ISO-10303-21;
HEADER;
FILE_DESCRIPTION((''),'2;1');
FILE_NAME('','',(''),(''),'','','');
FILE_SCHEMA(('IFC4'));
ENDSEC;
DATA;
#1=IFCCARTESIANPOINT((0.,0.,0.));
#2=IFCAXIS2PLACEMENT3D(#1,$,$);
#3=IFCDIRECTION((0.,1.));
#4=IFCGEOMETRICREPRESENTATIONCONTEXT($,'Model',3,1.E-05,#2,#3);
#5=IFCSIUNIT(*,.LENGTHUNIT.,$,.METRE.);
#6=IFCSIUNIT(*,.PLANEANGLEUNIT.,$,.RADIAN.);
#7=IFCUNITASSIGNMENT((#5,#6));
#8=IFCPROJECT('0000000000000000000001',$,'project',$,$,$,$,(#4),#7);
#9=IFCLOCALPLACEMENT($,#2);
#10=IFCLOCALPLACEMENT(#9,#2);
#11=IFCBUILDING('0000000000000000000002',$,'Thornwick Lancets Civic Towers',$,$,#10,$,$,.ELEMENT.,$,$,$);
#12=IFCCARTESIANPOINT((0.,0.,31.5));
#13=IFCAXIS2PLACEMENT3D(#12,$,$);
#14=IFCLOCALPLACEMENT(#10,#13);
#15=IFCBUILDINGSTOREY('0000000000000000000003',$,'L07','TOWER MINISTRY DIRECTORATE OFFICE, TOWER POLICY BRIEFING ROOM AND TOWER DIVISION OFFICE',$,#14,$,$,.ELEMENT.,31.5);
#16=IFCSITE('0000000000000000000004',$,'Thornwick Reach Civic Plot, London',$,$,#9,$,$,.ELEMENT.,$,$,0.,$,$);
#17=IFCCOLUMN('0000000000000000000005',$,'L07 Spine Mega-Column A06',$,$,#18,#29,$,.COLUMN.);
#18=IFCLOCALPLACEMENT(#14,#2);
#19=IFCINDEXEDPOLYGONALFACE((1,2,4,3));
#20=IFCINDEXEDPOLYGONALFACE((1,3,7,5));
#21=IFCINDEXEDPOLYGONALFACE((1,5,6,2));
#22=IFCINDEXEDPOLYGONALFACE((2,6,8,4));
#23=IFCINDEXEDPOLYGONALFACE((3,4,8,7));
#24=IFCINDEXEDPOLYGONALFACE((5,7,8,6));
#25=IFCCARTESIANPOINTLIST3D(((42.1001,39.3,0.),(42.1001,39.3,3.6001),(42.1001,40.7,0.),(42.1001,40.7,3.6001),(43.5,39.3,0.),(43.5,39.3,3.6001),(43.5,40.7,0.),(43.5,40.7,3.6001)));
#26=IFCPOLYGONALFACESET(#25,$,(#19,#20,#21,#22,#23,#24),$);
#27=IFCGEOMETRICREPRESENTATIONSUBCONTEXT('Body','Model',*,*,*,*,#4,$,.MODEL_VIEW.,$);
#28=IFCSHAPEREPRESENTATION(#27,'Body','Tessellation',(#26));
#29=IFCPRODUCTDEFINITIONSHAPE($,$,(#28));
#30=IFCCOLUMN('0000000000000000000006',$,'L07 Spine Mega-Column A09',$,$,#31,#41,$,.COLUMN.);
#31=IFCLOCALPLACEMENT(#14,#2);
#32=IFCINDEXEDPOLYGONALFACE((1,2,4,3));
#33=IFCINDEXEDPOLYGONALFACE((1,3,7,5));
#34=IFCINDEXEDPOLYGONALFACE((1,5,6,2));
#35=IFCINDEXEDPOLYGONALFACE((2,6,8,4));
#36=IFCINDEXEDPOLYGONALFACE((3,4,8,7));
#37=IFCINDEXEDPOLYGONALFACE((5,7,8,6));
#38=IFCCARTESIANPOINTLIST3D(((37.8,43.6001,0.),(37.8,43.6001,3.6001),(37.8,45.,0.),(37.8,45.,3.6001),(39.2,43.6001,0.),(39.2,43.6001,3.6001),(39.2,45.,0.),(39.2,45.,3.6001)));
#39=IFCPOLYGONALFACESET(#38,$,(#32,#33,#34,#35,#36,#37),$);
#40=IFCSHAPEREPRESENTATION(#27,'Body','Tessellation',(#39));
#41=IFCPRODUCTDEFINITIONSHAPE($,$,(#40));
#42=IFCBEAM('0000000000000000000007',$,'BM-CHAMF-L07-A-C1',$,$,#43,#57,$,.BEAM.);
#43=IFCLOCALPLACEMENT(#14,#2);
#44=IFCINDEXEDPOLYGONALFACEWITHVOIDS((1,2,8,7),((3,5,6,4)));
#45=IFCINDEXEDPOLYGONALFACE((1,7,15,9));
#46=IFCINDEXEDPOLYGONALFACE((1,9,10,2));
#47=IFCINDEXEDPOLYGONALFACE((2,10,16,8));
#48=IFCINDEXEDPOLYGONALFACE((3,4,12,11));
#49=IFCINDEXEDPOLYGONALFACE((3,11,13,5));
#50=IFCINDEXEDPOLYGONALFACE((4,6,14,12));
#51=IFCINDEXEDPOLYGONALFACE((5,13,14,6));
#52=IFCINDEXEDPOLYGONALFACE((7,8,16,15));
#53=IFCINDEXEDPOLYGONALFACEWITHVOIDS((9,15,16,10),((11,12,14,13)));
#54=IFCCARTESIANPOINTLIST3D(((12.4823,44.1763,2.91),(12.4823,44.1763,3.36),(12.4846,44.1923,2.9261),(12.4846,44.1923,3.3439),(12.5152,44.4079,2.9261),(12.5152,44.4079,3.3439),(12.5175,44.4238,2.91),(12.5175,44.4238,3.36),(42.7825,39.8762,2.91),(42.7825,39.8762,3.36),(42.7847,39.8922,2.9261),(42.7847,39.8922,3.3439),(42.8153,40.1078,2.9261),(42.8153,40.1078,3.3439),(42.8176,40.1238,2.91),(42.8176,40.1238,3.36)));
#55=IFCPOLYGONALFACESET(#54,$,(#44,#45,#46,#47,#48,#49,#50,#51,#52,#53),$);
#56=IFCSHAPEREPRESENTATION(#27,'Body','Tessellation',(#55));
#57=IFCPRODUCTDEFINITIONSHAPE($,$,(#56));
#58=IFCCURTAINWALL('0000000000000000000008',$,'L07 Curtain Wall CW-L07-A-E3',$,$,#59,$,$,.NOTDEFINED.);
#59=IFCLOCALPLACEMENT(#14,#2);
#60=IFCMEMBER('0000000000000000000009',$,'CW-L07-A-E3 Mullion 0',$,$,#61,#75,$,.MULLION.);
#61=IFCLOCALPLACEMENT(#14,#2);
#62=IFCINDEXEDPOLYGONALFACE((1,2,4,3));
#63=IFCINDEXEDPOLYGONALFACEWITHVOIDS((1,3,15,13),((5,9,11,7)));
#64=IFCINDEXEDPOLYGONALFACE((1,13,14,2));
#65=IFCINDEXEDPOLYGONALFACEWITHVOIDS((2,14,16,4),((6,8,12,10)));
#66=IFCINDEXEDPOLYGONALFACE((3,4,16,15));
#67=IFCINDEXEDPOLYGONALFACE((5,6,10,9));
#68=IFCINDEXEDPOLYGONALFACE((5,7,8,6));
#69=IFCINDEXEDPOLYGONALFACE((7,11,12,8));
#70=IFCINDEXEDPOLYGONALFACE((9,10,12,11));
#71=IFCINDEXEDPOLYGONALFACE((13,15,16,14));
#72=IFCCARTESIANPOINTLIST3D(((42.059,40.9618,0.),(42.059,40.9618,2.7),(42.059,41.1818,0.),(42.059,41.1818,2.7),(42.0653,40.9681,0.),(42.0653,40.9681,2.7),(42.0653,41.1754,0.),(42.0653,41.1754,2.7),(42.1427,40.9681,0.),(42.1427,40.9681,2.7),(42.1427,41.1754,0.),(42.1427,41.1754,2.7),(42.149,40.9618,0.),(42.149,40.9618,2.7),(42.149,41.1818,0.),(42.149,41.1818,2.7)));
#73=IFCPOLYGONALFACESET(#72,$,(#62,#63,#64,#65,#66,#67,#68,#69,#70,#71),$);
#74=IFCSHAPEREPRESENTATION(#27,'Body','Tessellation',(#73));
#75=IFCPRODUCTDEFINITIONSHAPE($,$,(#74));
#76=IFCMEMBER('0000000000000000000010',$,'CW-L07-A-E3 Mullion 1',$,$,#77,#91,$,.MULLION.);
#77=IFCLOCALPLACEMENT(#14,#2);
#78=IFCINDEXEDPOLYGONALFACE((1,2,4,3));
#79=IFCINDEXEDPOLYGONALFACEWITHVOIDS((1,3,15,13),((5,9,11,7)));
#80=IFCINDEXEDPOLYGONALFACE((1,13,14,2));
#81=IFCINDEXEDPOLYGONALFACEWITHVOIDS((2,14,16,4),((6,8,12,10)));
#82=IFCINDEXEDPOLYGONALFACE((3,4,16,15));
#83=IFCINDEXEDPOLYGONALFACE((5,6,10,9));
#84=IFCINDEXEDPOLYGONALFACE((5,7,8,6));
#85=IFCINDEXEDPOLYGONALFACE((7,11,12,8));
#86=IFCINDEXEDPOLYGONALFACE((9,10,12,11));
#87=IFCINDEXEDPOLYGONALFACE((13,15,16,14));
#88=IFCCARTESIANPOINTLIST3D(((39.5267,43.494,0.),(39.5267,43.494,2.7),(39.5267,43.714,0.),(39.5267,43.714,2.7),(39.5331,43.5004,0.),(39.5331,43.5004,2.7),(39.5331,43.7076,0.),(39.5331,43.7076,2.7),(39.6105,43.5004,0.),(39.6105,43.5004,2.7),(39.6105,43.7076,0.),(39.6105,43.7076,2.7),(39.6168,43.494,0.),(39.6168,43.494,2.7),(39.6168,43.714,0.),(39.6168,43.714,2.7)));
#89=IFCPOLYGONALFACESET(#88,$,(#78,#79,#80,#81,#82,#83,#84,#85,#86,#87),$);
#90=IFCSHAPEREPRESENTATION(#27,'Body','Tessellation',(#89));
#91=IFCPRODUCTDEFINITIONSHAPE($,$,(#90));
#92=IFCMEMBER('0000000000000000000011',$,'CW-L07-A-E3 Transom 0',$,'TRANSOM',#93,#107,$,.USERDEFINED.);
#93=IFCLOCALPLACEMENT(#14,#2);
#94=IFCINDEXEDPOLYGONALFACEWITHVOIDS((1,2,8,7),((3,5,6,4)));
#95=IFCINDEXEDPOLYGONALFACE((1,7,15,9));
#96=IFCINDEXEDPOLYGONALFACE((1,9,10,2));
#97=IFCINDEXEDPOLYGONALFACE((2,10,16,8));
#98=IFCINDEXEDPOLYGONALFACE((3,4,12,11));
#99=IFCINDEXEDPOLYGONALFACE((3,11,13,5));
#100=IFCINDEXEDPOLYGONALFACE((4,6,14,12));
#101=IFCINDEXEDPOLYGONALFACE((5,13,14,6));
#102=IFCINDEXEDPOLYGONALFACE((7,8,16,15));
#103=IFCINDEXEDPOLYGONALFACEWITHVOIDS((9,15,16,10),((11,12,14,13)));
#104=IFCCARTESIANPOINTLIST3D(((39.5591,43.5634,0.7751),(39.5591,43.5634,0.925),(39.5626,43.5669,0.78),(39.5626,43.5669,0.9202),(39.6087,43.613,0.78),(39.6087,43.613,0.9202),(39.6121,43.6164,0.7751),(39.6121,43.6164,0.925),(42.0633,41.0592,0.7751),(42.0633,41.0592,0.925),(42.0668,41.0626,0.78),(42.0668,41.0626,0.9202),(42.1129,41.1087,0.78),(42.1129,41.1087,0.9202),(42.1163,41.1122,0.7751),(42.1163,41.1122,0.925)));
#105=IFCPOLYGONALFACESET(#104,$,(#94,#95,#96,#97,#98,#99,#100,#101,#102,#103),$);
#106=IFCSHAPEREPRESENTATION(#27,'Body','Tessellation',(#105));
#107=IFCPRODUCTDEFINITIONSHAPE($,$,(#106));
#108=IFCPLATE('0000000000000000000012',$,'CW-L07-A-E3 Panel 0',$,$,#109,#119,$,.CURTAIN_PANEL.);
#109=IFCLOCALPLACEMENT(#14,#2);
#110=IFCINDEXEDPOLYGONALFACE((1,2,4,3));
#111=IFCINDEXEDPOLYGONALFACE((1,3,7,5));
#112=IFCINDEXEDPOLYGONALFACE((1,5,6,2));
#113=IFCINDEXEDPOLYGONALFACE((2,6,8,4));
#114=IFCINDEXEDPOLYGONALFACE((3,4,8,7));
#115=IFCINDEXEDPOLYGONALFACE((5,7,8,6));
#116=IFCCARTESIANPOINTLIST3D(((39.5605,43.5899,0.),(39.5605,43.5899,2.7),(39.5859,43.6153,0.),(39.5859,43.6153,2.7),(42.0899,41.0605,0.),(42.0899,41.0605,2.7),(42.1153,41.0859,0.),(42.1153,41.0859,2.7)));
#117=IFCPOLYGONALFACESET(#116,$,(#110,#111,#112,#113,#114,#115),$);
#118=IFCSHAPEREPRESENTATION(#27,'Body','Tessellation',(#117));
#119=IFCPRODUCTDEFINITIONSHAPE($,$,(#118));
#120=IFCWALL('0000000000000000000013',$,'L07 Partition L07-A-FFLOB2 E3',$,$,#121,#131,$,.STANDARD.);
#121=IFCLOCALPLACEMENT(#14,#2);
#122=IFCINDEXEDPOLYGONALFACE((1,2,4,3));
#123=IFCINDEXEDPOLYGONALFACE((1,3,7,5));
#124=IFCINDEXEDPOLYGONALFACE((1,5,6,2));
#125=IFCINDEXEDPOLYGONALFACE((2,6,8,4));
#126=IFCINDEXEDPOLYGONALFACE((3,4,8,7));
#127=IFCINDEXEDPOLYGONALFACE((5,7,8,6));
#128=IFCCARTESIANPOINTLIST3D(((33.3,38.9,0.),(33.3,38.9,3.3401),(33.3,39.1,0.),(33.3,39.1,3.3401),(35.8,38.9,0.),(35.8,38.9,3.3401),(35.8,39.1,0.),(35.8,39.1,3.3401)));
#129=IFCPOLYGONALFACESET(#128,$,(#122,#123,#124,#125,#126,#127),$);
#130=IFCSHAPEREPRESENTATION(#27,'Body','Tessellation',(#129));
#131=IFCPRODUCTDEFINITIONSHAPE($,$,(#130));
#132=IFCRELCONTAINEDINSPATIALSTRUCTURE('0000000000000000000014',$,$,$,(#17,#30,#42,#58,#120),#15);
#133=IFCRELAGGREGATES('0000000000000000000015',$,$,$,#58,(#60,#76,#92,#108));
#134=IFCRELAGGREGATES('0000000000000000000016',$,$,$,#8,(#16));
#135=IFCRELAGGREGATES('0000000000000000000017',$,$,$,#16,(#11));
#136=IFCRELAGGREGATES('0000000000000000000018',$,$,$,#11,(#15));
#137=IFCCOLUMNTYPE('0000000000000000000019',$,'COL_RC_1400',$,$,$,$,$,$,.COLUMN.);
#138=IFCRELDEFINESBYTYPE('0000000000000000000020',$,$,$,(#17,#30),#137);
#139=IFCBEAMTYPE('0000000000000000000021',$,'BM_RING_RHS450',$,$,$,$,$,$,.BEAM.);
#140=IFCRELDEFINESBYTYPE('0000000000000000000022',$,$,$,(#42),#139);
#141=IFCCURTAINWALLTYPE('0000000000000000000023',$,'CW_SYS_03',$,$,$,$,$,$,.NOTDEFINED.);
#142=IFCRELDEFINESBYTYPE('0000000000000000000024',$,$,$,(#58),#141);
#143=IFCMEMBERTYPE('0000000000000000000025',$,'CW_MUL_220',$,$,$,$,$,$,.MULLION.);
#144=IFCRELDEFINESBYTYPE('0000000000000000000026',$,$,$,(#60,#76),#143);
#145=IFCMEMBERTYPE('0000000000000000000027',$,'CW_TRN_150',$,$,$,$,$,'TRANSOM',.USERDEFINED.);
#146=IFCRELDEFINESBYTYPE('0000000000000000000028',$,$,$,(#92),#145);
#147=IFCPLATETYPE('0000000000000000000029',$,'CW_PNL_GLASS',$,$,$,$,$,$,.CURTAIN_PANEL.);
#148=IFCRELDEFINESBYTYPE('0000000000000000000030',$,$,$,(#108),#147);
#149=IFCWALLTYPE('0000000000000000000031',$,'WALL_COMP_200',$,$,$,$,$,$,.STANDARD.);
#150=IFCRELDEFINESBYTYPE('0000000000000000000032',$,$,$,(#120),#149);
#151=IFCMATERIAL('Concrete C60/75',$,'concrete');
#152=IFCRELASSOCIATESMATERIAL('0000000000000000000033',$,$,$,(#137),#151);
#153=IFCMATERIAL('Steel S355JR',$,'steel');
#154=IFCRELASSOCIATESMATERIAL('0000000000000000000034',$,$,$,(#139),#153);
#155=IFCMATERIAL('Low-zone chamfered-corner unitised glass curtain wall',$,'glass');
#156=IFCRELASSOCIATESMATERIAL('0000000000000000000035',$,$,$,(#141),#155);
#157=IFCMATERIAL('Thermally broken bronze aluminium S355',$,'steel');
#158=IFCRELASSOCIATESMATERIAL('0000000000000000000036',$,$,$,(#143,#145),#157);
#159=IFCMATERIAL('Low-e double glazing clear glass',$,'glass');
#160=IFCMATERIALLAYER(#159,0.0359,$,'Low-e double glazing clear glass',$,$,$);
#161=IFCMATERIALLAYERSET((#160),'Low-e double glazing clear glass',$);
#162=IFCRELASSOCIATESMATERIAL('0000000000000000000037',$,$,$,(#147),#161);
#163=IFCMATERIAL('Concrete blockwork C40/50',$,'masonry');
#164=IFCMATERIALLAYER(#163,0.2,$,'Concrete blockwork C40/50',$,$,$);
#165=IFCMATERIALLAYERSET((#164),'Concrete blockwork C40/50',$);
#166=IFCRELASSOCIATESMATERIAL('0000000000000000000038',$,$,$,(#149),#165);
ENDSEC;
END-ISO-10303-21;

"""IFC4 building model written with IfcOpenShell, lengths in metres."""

from ifc_helpers import new_model, si_unit, direction, frame, frame_2d, origin, origin_2d, place, context, subcontext, project, spatial, rectangle, hollow_rectangle, extrude, material, layer, layer_set, material_profile, profile_set, type_object, element, aggregate, save


model = new_model("IFC4")

# Units and contexts
model_context = context("Model", 3, precision=1e-05, world=origin(), true_north=direction((0.0, 1.0)))
body_context = subcontext(model_context, "Body", "Model", "MODEL_VIEW")
ifc_project = project(units=[si_unit("LENGTHUNIT", "METRE"), si_unit("PLANEANGLEUNIT", "RADIAN")], contexts=[model_context])

# Site, building, storey
site_placement = place(None, origin())
site = spatial("IfcSite", under=ifc_project, at=site_placement, Name="Thornwick Reach Civic Plot, London", CompositionType="ELEMENT", RefElevation=0.0)
building_placement = place(site_placement, origin())
building = spatial("IfcBuilding", under=site, at=building_placement, Name="Thornwick Lancets Civic Towers", CompositionType="ELEMENT")
storey_placement = place(building_placement, frame((0.0, 0.0, 31.5)))
storey = spatial("IfcBuildingStorey", under=building, at=storey_placement, Name="L07", Description="TOWER MINISTRY DIRECTORATE OFFICE, TOWER POLICY BRIEFING ROOM AND TOWER DIVISION OFFICE", CompositionType="ELEMENT", Elevation=31.5)

# Columns
ifc_material_1 = material(Name="Concrete C60/75", Category="concrete")
ifc_material_profile_1 = material_profile(ifc_material_1, rectangle(XDim=1.3999, YDim=1.3999, at=origin_2d()), Name="RC 1400x1400")
ifc_profile_set_1 = profile_set([ifc_material_profile_1], Name="Concrete C60/75")
column_type = type_object("IfcColumnType", Name="COL_RC_1400", PredefinedType="COLUMN", material=ifc_profile_set_1)
for number, where, z_axis, x_axis, name in (
    (1, (42.8, 40.0, 0.0), (0.0, 0.0, 1.0), (1.0, 0.0, 0.0), "L07 Spine Mega-Column A06"),
    (2, (38.5, 44.3, 0.0), (0.0, 0.0, 1.0), (1.0, 0.0, 0.0), "L07 Spine Mega-Column A09"),
):
    element("IfcColumn", number, at=place(storey_placement, frame(where, z_axis=z_axis, x_axis=x_axis)), inside=storey, type_object=column_type, Name=name, PredefinedType="COLUMN", context=body_context, shape_type="SweptSolid", body=[
        extrude(rectangle(XDim=1.3999, YDim=1.3999, at=origin_2d()), origin(), (0.0, 0.0, 1.0), 3.6001),
    ])

# Beam
ifc_material_2 = material(Name="Steel S355JR", Category="steel")
ifc_material_profile_2 = material_profile(ifc_material_2, hollow_rectangle(XDim=0.25, YDim=0.45, WallThickness=0.0161, at=origin_2d()), Name="RHS 450x250x16")
ifc_profile_set_2 = profile_set([ifc_material_profile_2], Name="Steel S355JR")
beam_type = type_object("IfcBeamType", Name="BM_RING_RHS450", PredefinedType="BEAM", material=ifc_profile_set_2)
beam_placement = place(storey_placement, frame((42.8, 40.0, 3.135), z_axis=(-0.99008, 0.140508, 0.0), x_axis=(-0.140508, -0.99008, 0.0)))
element("IfcBeam", 3, at=beam_placement, inside=storey, type_object=beam_type, Name="BM-CHAMF-L07-A-C1", PredefinedType="BEAM", context=body_context, shape_type="SweptSolid", body=[
    extrude(hollow_rectangle(XDim=0.25, YDim=0.45, WallThickness=0.0161, at=origin_2d()), origin(), (0.0, 0.0, 1.0), 30.6038),
])

# Curtain wall, members, plate
ifc_material_3 = material(Name="Low-zone chamfered-corner unitised glass curtain wall", Category="glass")
curtain_wall_type = type_object("IfcCurtainWallType", Name="CW_SYS_03", PredefinedType="NOTDEFINED", material=ifc_material_3)
curtain_wall_placement = place(storey_placement, origin())
curtain_wall = element("IfcCurtainWall", 4, at=curtain_wall_placement, inside=storey, type_object=curtain_wall_type, Name="L07 Curtain Wall CW-L07-A-E3", PredefinedType="NOTDEFINED")
ifc_material_4 = material(Name="Thermally broken bronze aluminium S355", Category="steel")
ifc_material_profile_3 = material_profile(ifc_material_4, hollow_rectangle(XDim=0.0901, YDim=0.22, WallThickness=0.0063, at=origin_2d()), Name="RHS 220x90x6.3")
ifc_profile_set_3 = profile_set([ifc_material_profile_3], Name="Thermally broken bronze aluminium S355")
member_type_1 = type_object("IfcMemberType", Name="CW_MUL_220", PredefinedType="MULLION", material=ifc_profile_set_3)
member_1_placement = place(storey_placement, frame((42.104, 41.0718, 0.0), z_axis=(0.0, 0.0, 1.0), x_axis=(1.0, 0.0, 0.0)))
member_1 = element("IfcMember", 5, at=member_1_placement, type_object=member_type_1, Name="CW-L07-A-E3 Mullion 0", PredefinedType="MULLION", context=body_context, shape_type="SweptSolid", body=[
    extrude(hollow_rectangle(XDim=0.0901, YDim=0.22, WallThickness=0.0063, at=origin_2d()), origin(), (0.0, 0.0, 1.0), 2.7),
])
member_2_placement = place(storey_placement, frame((39.5718, 43.604, 0.0), z_axis=(0.0, 0.0, 1.0), x_axis=(1.0, 0.0, 0.0)))
member_2 = element("IfcMember", 6, at=member_2_placement, type_object=member_type_1, Name="CW-L07-A-E3 Mullion 1", PredefinedType="MULLION", context=body_context, shape_type="SweptSolid", body=[
    extrude(hollow_rectangle(XDim=0.0901, YDim=0.22, WallThickness=0.0063, at=origin_2d()), origin(), (0.0, 0.0, 1.0), 2.7),
])
ifc_material_profile_4 = material_profile(ifc_material_4, hollow_rectangle(XDim=0.075, YDim=0.1499, WallThickness=0.0049, at=origin_2d()), Name="RHS 150x75x5")
ifc_profile_set_4 = profile_set([ifc_material_profile_4], Name="Thermally broken bronze aluminium S355")
member_type_2 = type_object("IfcMemberType", Name="CW_TRN_150", ElementType="TRANSOM", PredefinedType="USERDEFINED", material=ifc_profile_set_4)
member_3_placement = place(storey_placement, frame((42.0898, 41.0857, 0.8501), z_axis=(-0.707107, 0.707107, 0.0), x_axis=(-0.707107, -0.707107, 0.0)))
member_3 = element("IfcMember", 7, at=member_3_placement, type_object=member_type_2, Name="CW-L07-A-E3 Transom 0", ObjectType="TRANSOM", PredefinedType="USERDEFINED", context=body_context, shape_type="SweptSolid", body=[
    extrude(hollow_rectangle(XDim=0.075, YDim=0.1499, WallThickness=0.0049, at=origin_2d()), origin(), (0.0, 0.0, 1.0), 3.5415),
])
ifc_material_5 = material(Name="Low-e double glazing clear glass", Category="glass")
ifc_layer_1 = layer(ifc_material_5, 0.0359, Name="Low-e double glazing clear glass")
ifc_layer_set_1 = layer_set([ifc_layer_1], Name="Low-e double glazing clear glass")
plate_type = type_object("IfcPlateType", Name="CW_PNL_GLASS", PredefinedType="CURTAIN_PANEL", material=ifc_layer_set_1)
plate_placement = place(storey_placement, frame((40.8379, 42.3379, 0.0), z_axis=(0.0, 0.0, 1.0), x_axis=(-0.707107, 0.707107, 0.0)))
plate = element("IfcPlate", 8, at=plate_placement, type_object=plate_type, Name="CW-L07-A-E3 Panel 0", PredefinedType="CURTAIN_PANEL", context=body_context, shape_type="SweptSolid", body=[
    extrude(rectangle(XDim=3.5771, YDim=0.0359, at=origin_2d()), origin(), (0.0, 0.0, 1.0), 2.7),
])
aggregate(curtain_wall, [member_1, member_2, member_3, plate])

# Wall
ifc_material_6 = material(Name="Concrete blockwork C40/50", Category="masonry")
ifc_layer_2 = layer(ifc_material_6, 0.2, Name="Concrete blockwork C40/50")
ifc_layer_set_2 = layer_set([ifc_layer_2], Name="Concrete blockwork C40/50")
wall_type_1 = type_object("IfcWallType", Name="WALL_COMP_200", PredefinedType="STANDARD", material=ifc_layer_set_2)
wall_1_placement = place(storey_placement, frame((35.8, 39.0, 0.0), z_axis=(0.0, 0.0, 1.0), x_axis=(-1.0, 0.0, 0.0)))
element("IfcWall", 9, at=wall_1_placement, inside=storey, type_object=wall_type_1, Name="L07 Partition L07-A-FFLOB2 E3", PredefinedType="STANDARD", context=body_context, shape_type="SweptSolid", body=[
    extrude(rectangle(XDim=2.5, YDim=0.2, at=frame_2d((1.25, 0.0))), origin(), (0.0, 0.0, 1.0), 3.3401),
])

save(model, "model.ifc")
